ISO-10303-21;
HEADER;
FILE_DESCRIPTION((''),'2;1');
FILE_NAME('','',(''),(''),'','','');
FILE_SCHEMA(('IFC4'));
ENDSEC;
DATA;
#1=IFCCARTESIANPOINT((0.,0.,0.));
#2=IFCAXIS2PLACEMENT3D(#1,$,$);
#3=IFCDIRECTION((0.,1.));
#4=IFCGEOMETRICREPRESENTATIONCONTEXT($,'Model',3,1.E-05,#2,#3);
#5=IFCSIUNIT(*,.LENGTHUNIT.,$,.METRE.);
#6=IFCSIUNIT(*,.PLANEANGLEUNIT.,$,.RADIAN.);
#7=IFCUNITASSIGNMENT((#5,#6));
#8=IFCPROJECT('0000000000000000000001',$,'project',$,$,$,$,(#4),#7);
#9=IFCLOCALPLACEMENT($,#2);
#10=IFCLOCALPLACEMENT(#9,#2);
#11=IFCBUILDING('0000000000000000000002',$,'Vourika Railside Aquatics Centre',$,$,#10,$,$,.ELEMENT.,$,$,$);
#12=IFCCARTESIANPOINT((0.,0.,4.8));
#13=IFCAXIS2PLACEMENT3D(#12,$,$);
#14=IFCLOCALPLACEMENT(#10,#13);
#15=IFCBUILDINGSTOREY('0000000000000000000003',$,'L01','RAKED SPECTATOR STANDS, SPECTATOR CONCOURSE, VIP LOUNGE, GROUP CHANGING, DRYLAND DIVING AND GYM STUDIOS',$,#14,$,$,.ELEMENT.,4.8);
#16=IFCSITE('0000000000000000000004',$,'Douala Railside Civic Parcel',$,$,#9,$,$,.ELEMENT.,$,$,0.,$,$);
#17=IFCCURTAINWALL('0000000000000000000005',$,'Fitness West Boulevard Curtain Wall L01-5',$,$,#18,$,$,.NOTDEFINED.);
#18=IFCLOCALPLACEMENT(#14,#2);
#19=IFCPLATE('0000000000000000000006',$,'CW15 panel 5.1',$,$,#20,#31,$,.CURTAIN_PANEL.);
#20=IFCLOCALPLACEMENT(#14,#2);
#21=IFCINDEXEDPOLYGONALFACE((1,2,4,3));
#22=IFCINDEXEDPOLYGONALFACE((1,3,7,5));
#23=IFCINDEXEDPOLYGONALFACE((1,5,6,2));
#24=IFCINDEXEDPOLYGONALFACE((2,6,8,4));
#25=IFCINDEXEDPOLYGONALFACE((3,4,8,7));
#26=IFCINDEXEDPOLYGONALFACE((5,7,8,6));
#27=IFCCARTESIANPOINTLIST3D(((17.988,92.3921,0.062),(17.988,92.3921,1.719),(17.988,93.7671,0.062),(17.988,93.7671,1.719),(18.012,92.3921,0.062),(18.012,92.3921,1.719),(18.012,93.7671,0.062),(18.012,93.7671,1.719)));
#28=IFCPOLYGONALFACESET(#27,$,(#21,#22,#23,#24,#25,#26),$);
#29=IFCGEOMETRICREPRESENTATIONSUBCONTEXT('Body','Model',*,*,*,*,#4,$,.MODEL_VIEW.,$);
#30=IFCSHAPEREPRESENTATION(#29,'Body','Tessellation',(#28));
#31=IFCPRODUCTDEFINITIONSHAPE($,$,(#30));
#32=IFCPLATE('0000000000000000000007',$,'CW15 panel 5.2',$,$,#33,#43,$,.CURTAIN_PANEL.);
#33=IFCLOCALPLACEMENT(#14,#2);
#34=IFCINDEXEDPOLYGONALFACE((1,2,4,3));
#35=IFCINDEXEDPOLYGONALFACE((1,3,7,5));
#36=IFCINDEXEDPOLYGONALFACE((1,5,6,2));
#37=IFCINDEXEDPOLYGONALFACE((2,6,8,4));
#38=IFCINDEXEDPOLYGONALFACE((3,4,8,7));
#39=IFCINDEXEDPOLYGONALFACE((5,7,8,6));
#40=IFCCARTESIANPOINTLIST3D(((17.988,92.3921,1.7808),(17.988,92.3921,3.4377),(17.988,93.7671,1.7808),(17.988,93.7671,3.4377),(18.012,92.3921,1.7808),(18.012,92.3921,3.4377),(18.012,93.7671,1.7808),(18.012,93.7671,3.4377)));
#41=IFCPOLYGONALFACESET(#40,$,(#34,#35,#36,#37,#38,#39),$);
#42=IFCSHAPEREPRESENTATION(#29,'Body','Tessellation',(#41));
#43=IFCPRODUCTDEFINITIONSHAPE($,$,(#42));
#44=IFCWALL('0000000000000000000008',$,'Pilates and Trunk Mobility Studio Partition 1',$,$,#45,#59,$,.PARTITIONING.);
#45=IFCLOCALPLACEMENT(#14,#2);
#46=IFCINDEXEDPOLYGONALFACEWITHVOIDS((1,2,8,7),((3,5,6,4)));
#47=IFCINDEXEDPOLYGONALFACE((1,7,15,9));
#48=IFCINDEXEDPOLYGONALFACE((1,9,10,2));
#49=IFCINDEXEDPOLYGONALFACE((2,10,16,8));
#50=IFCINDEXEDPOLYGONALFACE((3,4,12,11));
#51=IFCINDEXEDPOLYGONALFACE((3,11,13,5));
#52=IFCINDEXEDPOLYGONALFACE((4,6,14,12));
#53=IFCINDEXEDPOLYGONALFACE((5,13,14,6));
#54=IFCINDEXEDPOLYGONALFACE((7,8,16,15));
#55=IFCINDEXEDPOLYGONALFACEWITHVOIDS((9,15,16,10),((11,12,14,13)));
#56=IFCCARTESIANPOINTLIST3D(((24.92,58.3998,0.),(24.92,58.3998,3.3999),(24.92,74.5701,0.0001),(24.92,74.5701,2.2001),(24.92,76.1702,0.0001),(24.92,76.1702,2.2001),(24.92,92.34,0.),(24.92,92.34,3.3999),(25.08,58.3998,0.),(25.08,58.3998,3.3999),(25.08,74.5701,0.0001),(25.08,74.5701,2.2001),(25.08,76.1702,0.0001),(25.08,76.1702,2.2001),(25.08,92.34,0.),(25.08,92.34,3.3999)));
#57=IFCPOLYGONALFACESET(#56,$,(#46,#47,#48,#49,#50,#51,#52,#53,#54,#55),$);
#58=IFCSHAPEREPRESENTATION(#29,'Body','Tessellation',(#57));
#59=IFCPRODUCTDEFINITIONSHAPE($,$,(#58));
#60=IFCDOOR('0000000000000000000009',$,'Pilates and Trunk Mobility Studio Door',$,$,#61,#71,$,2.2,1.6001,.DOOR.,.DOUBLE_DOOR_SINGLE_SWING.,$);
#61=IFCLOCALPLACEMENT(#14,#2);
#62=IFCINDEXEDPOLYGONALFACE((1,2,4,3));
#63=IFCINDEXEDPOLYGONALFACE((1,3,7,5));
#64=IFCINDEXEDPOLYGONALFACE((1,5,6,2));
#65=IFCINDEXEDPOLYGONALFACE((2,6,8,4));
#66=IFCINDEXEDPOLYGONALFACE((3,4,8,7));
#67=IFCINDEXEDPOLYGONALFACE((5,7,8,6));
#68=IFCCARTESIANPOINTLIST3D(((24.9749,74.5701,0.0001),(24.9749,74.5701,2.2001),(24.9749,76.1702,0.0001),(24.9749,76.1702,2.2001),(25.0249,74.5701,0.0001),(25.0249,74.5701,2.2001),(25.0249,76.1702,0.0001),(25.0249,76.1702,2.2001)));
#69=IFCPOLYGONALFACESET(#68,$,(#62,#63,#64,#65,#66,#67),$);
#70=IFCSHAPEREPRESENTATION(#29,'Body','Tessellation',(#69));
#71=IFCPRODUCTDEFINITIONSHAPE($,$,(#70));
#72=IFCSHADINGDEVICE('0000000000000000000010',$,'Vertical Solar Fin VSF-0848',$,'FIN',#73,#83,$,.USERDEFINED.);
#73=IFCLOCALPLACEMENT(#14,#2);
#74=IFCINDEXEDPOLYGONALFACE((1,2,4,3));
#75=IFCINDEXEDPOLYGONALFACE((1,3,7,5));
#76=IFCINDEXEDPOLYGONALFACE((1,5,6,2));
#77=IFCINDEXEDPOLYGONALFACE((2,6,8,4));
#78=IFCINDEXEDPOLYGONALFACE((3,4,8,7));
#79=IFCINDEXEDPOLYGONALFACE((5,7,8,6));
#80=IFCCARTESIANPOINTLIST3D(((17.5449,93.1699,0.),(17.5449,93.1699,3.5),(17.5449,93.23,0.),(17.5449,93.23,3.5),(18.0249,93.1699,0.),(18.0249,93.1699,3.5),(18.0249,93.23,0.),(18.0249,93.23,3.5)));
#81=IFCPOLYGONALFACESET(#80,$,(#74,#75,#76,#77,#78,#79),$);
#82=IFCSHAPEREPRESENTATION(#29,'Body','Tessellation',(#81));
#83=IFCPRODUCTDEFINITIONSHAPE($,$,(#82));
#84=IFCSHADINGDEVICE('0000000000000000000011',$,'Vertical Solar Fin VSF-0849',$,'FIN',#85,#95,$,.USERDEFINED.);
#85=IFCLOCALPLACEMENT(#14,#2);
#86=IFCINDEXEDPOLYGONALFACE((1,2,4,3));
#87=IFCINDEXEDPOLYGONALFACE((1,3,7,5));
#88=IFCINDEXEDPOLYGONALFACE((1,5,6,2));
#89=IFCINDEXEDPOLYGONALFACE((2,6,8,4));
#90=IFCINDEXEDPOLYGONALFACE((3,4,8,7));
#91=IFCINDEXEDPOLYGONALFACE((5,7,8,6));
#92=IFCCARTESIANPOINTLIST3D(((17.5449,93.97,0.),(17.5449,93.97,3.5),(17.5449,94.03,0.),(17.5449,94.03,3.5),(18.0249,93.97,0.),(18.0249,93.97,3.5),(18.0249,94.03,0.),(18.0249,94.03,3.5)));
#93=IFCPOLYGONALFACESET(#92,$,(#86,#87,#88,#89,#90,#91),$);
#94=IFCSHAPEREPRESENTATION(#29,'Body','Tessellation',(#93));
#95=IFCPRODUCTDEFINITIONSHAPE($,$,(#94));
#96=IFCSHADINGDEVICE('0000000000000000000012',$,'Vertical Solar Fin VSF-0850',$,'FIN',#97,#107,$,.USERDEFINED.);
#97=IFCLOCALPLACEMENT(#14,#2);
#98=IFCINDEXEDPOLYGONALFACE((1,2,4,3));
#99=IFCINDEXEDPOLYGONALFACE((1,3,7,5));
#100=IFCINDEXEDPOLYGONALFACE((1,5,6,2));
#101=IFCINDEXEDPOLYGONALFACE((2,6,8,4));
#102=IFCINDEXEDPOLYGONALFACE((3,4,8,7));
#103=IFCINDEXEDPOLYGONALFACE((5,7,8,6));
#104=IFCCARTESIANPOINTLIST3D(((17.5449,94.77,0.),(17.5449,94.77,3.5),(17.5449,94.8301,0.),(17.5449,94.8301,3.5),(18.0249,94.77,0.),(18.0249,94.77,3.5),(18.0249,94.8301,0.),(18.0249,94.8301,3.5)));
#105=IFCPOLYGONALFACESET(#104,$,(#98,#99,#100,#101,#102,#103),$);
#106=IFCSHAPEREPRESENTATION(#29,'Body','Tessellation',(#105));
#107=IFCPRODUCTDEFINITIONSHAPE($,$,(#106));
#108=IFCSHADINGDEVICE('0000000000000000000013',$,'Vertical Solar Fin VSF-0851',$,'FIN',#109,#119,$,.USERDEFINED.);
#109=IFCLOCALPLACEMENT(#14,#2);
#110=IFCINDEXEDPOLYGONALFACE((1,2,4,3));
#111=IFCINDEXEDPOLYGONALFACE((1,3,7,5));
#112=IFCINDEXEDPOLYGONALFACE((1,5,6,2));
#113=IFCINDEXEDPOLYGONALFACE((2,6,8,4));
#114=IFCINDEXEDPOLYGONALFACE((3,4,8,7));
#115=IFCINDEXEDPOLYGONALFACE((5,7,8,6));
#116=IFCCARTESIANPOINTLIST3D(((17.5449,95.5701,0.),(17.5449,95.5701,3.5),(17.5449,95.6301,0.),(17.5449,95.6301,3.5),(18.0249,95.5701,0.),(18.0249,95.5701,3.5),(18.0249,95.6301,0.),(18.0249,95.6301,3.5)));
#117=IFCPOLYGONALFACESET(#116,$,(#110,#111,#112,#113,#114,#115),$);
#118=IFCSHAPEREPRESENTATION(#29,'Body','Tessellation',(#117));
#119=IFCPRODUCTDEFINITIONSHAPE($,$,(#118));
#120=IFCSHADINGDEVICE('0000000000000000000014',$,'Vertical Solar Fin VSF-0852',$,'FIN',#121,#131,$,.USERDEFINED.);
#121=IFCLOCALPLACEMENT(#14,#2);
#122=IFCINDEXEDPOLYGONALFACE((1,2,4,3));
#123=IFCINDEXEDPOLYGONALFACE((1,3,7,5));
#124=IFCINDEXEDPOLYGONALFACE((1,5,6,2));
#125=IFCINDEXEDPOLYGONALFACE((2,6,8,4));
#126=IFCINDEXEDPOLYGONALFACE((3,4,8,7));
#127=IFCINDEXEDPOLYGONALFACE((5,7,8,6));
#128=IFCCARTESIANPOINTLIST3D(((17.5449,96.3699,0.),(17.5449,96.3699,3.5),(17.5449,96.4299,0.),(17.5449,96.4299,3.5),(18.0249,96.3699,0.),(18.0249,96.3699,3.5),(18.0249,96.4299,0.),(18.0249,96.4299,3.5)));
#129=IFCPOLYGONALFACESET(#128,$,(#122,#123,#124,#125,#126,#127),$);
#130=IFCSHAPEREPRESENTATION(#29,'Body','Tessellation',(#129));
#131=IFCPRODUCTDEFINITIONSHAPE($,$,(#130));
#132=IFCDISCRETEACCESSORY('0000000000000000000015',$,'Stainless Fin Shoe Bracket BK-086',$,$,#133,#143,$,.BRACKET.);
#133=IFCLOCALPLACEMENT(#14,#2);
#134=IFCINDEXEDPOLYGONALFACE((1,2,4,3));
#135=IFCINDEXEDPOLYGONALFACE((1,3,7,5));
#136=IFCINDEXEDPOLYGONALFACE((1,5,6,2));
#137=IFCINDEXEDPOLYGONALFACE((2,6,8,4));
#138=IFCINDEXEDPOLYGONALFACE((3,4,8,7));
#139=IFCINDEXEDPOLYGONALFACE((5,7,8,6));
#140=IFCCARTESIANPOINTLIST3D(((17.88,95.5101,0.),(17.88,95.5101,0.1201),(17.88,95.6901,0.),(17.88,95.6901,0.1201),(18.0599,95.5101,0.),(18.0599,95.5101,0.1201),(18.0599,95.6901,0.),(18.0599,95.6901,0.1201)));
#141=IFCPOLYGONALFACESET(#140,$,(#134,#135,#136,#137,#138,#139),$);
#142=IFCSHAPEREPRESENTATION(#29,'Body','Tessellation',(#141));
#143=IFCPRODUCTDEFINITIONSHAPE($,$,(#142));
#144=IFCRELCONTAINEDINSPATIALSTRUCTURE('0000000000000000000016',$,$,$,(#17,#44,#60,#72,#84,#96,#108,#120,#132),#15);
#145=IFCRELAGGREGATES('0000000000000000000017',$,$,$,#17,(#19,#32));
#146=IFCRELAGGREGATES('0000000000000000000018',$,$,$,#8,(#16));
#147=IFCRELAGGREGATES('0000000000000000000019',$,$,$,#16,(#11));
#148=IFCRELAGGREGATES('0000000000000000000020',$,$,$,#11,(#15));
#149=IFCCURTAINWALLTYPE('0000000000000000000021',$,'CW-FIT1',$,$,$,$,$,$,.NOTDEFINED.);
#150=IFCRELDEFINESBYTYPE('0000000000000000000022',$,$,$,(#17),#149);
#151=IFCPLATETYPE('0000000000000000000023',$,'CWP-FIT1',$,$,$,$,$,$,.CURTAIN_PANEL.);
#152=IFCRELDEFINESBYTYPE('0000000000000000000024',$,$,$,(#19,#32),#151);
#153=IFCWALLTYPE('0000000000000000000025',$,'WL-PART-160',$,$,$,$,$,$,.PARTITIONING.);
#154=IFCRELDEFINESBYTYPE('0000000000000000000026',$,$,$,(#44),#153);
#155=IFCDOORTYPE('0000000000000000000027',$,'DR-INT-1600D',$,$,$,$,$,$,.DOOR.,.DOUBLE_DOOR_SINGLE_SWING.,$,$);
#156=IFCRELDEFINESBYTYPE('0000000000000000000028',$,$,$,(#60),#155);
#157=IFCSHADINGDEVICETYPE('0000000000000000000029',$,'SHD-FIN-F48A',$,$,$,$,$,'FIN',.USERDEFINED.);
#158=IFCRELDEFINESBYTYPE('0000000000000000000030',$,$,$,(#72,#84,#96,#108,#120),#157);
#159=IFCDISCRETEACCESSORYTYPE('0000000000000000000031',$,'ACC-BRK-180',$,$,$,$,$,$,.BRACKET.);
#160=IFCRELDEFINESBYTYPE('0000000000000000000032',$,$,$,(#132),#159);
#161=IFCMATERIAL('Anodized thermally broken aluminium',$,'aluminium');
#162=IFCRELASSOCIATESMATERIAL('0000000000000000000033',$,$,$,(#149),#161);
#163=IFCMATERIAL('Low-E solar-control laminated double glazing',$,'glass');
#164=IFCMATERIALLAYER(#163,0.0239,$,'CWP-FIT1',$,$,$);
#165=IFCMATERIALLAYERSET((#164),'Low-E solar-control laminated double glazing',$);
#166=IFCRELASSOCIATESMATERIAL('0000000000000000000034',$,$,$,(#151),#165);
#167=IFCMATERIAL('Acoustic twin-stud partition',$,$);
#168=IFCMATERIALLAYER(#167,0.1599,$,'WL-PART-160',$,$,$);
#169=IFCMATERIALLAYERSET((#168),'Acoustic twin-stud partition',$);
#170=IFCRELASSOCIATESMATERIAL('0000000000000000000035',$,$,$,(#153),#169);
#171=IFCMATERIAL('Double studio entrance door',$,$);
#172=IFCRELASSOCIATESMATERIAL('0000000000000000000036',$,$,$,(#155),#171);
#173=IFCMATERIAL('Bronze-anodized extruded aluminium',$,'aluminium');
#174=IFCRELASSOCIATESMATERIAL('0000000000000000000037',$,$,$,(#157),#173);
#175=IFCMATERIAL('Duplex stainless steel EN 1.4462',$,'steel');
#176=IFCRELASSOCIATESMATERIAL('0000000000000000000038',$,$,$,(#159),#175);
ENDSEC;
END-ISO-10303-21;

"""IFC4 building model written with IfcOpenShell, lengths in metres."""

from ifc_helpers import new_model, si_unit, direction, frame, frame_2d, origin, origin_2d, place, context, subcontext, project, spatial, rectangle, extrude, material, layer, layer_set, material_profile, profile_set, type_object, element, fill, aggregate, save


model = new_model("IFC4")

# Units and contexts
model_context = context("Model", 3, precision=1e-05, world=origin(), true_north=direction((0.0, 1.0)))
body_context = subcontext(model_context, "Body", "Model", "MODEL_VIEW")
ifc_project = project(units=[si_unit("LENGTHUNIT", "METRE"), si_unit("PLANEANGLEUNIT", "RADIAN")], contexts=[model_context])

# Site, building, storey
site_placement = place(None, origin())
site = spatial("IfcSite", under=ifc_project, at=site_placement, Name="Douala Railside Civic Parcel", CompositionType="ELEMENT", RefElevation=0.0)
building_placement = place(site_placement, origin())
building = spatial("IfcBuilding", under=site, at=building_placement, Name="Vourika Railside Aquatics Centre", CompositionType="ELEMENT")
storey_placement = place(building_placement, frame((0.0, 0.0, 4.8)))
storey = spatial("IfcBuildingStorey", under=building, at=storey_placement, Name="L01", Description="RAKED SPECTATOR STANDS, SPECTATOR CONCOURSE, VIP LOUNGE, GROUP CHANGING, DRYLAND DIVING AND GYM STUDIOS", CompositionType="ELEMENT", Elevation=4.8)

# Curtain wall, plates
ifc_material_1 = material(Name="Anodized thermally broken aluminium", Category="aluminium")
curtain_wall_type = type_object("IfcCurtainWallType", Name="CW-FIT1", PredefinedType="NOTDEFINED", material=ifc_material_1)
curtain_wall_placement = place(storey_placement, origin())
curtain_wall = element("IfcCurtainWall", 1, at=curtain_wall_placement, inside=storey, type_object=curtain_wall_type, Name="Fitness West Boulevard Curtain Wall L01-5", PredefinedType="NOTDEFINED")
ifc_material_2 = material(Name="Low-E solar-control laminated double glazing", Category="glass")
ifc_layer_1 = layer(ifc_material_2, 0.0239, Name="CWP-FIT1")
ifc_layer_set_1 = layer_set([ifc_layer_1], Name="Low-E solar-control laminated double glazing")
plate_type = type_object("IfcPlateType", Name="CWP-FIT1", PredefinedType="CURTAIN_PANEL", material=ifc_layer_set_1)
plate_1_placement = place(storey_placement, frame((18.0, 93.0796, 0.062), z_axis=(0.0, 0.0, 1.0), x_axis=(0.0, -1.0, 0.0)))
plate_1 = element("IfcPlate", 2, at=plate_1_placement, type_object=plate_type, Name="CW15 panel 5.1", PredefinedType="CURTAIN_PANEL", context=body_context, shape_type="SweptSolid", body=[
    extrude(rectangle(XDim=1.375, YDim=0.0239, at=origin_2d()), origin(), (0.0, 0.0, 1.0), 1.657),
])
plate_2_placement = place(storey_placement, frame((18.0, 93.0796, 1.7808), z_axis=(0.0, 0.0, 1.0), x_axis=(0.0, -1.0, 0.0)))
plate_2 = element("IfcPlate", 3, at=plate_2_placement, type_object=plate_type, Name="CW15 panel 5.2", PredefinedType="CURTAIN_PANEL", context=body_context, shape_type="SweptSolid", body=[
    extrude(rectangle(XDim=1.375, YDim=0.0239, at=origin_2d()), origin(), (0.0, 0.0, 1.0), 1.657),
])
aggregate(curtain_wall, [plate_1, plate_2])

# Wall, opening, door
ifc_material_3 = material(Name="Acoustic twin-stud partition")
ifc_layer_2 = layer(ifc_material_3, 0.1599, Name="WL-PART-160")
ifc_layer_set_2 = layer_set([ifc_layer_2], Name="Acoustic twin-stud partition")
wall_type = type_object("IfcWallType", Name="WL-PART-160", PredefinedType="PARTITIONING", material=ifc_layer_set_2)
wall_placement = place(storey_placement, frame((25.0, 92.3401, 0.0), z_axis=(0.0, 0.0, 1.0), x_axis=(0.0, -1.0, 0.0)))
wall = element("IfcWall", 4, at=wall_placement, inside=storey, type_object=wall_type, Name="Pilates and Trunk Mobility Studio Partition 1", PredefinedType="PARTITIONING", context=body_context, shape_type="SweptSolid", body=[
    extrude(rectangle(XDim=33.9402, YDim=0.1599, at=frame_2d((16.9702, 0.0))), origin(), (0.0, 0.0, 1.0), 3.3999),
])
opening_placement = place(wall_placement, frame((16.1699, 0.0, 0.0)))
opening = element("IfcOpeningElement", 5, at=opening_placement, cuts=wall, PredefinedType="OPENING", context=body_context, shape_type="SweptSolid", body=[
    extrude(rectangle(XDim=1.6001, YDim=2.2, at=frame_2d((0.8, 1.1001))), frame((0.0, 0.0898, 0.0), z_axis=(0.0, -1.0, 0.0), x_axis=(1.0, 0.0, 0.0)), (0.0, 0.0, 1.0), 0.1799),
])
ifc_material_4 = material(Name="Double studio entrance door")
door_type = type_object("IfcDoorType", Name="DR-INT-1600D", OperationType="DOUBLE_DOOR_SINGLE_SWING", PredefinedType="DOOR", material=ifc_material_4)
door_placement = place(opening_placement, origin())
door = element("IfcDoor", 6, at=door_placement, inside=storey, type_object=door_type, Name="Pilates and Trunk Mobility Studio Door", OperationType="DOUBLE_DOOR_SINGLE_SWING", OverallHeight=2.2, OverallWidth=1.6001, PredefinedType="DOOR", context=body_context, shape_type="SweptSolid", body=[
    extrude(rectangle(XDim=1.6001, YDim=2.2, at=frame_2d((0.8, 1.1001))), frame((0.0, 0.0249, 0.0), z_axis=(0.0, -1.0, 0.0), x_axis=(1.0, 0.0, 0.0)), (0.0, 0.0, 1.0), 0.05),
])
fill(opening, door)

# Shading devices
ifc_material_5 = material(Name="Bronze-anodized extruded aluminium", Category="aluminium")
ifc_material_profile_1 = material_profile(ifc_material_5, rectangle(XDim=0.0601, YDim=0.48, at=origin_2d()), Name="ALU-FIN 60x480")
ifc_profile_set_1 = profile_set([ifc_material_profile_1], Name="Bronze-anodized extruded aluminium")
shading_device_type = type_object("IfcShadingDeviceType", Name="SHD-FIN-F48A", ElementType="FIN", PredefinedType="USERDEFINED", material=ifc_profile_set_1)
for number, where, z_axis, x_axis, name in (
    (7, (17.7849, 93.2, 0.0), (0.0, 0.0, 1.0), (0.0, 1.0, 0.0), "Vertical Solar Fin VSF-0848"),
    (8, (17.7849, 94.0, 0.0), (0.0, 0.0, 1.0), (0.0, 1.0, 0.0), "Vertical Solar Fin VSF-0849"),
    (9, (17.7849, 94.8, 0.0), (0.0, 0.0, 1.0), (0.0, 1.0, 0.0), "Vertical Solar Fin VSF-0850"),
    (10, (17.7849, 95.6001, 0.0), (0.0, 0.0, 1.0), (0.0, 1.0, 0.0), "Vertical Solar Fin VSF-0851"),
    (11, (17.7849, 96.3999, 0.0), (0.0, 0.0, 1.0), (0.0, 1.0, 0.0), "Vertical Solar Fin VSF-0852"),
):
    element("IfcShadingDevice", number, at=place(storey_placement, frame(where, z_axis=z_axis, x_axis=x_axis)), inside=storey, type_object=shading_device_type, Name=name, ObjectType="FIN", PredefinedType="USERDEFINED", context=body_context, shape_type="SweptSolid", body=[
        extrude(rectangle(XDim=0.0601, YDim=0.48, at=origin_2d()), origin(), (0.0, 0.0, 1.0), 3.5),
    ])

# Discrete accessory
ifc_material_6 = material(Name="Duplex stainless steel EN 1.4462", Category="steel")
discrete_accessory_type = type_object("IfcDiscreteAccessoryType", Name="ACC-BRK-180", PredefinedType="BRACKET", material=ifc_material_6)
discrete_accessory_placement = place(storey_placement, frame((17.97, 95.6001, 0.0), z_axis=(0.0, 0.0, 1.0), x_axis=(-1.0, 0.0, 0.0)))
element("IfcDiscreteAccessory", 12, at=discrete_accessory_placement, inside=storey, type_object=discrete_accessory_type, Name="Stainless Fin Shoe Bracket BK-086", PredefinedType="BRACKET", context=body_context, shape_type="SweptSolid", body=[
    extrude(rectangle(XDim=0.1799, YDim=0.1799, at=origin_2d()), origin(), (0.0, 0.0, 1.0), 0.1201),
])

save(model, "model.ifc")
